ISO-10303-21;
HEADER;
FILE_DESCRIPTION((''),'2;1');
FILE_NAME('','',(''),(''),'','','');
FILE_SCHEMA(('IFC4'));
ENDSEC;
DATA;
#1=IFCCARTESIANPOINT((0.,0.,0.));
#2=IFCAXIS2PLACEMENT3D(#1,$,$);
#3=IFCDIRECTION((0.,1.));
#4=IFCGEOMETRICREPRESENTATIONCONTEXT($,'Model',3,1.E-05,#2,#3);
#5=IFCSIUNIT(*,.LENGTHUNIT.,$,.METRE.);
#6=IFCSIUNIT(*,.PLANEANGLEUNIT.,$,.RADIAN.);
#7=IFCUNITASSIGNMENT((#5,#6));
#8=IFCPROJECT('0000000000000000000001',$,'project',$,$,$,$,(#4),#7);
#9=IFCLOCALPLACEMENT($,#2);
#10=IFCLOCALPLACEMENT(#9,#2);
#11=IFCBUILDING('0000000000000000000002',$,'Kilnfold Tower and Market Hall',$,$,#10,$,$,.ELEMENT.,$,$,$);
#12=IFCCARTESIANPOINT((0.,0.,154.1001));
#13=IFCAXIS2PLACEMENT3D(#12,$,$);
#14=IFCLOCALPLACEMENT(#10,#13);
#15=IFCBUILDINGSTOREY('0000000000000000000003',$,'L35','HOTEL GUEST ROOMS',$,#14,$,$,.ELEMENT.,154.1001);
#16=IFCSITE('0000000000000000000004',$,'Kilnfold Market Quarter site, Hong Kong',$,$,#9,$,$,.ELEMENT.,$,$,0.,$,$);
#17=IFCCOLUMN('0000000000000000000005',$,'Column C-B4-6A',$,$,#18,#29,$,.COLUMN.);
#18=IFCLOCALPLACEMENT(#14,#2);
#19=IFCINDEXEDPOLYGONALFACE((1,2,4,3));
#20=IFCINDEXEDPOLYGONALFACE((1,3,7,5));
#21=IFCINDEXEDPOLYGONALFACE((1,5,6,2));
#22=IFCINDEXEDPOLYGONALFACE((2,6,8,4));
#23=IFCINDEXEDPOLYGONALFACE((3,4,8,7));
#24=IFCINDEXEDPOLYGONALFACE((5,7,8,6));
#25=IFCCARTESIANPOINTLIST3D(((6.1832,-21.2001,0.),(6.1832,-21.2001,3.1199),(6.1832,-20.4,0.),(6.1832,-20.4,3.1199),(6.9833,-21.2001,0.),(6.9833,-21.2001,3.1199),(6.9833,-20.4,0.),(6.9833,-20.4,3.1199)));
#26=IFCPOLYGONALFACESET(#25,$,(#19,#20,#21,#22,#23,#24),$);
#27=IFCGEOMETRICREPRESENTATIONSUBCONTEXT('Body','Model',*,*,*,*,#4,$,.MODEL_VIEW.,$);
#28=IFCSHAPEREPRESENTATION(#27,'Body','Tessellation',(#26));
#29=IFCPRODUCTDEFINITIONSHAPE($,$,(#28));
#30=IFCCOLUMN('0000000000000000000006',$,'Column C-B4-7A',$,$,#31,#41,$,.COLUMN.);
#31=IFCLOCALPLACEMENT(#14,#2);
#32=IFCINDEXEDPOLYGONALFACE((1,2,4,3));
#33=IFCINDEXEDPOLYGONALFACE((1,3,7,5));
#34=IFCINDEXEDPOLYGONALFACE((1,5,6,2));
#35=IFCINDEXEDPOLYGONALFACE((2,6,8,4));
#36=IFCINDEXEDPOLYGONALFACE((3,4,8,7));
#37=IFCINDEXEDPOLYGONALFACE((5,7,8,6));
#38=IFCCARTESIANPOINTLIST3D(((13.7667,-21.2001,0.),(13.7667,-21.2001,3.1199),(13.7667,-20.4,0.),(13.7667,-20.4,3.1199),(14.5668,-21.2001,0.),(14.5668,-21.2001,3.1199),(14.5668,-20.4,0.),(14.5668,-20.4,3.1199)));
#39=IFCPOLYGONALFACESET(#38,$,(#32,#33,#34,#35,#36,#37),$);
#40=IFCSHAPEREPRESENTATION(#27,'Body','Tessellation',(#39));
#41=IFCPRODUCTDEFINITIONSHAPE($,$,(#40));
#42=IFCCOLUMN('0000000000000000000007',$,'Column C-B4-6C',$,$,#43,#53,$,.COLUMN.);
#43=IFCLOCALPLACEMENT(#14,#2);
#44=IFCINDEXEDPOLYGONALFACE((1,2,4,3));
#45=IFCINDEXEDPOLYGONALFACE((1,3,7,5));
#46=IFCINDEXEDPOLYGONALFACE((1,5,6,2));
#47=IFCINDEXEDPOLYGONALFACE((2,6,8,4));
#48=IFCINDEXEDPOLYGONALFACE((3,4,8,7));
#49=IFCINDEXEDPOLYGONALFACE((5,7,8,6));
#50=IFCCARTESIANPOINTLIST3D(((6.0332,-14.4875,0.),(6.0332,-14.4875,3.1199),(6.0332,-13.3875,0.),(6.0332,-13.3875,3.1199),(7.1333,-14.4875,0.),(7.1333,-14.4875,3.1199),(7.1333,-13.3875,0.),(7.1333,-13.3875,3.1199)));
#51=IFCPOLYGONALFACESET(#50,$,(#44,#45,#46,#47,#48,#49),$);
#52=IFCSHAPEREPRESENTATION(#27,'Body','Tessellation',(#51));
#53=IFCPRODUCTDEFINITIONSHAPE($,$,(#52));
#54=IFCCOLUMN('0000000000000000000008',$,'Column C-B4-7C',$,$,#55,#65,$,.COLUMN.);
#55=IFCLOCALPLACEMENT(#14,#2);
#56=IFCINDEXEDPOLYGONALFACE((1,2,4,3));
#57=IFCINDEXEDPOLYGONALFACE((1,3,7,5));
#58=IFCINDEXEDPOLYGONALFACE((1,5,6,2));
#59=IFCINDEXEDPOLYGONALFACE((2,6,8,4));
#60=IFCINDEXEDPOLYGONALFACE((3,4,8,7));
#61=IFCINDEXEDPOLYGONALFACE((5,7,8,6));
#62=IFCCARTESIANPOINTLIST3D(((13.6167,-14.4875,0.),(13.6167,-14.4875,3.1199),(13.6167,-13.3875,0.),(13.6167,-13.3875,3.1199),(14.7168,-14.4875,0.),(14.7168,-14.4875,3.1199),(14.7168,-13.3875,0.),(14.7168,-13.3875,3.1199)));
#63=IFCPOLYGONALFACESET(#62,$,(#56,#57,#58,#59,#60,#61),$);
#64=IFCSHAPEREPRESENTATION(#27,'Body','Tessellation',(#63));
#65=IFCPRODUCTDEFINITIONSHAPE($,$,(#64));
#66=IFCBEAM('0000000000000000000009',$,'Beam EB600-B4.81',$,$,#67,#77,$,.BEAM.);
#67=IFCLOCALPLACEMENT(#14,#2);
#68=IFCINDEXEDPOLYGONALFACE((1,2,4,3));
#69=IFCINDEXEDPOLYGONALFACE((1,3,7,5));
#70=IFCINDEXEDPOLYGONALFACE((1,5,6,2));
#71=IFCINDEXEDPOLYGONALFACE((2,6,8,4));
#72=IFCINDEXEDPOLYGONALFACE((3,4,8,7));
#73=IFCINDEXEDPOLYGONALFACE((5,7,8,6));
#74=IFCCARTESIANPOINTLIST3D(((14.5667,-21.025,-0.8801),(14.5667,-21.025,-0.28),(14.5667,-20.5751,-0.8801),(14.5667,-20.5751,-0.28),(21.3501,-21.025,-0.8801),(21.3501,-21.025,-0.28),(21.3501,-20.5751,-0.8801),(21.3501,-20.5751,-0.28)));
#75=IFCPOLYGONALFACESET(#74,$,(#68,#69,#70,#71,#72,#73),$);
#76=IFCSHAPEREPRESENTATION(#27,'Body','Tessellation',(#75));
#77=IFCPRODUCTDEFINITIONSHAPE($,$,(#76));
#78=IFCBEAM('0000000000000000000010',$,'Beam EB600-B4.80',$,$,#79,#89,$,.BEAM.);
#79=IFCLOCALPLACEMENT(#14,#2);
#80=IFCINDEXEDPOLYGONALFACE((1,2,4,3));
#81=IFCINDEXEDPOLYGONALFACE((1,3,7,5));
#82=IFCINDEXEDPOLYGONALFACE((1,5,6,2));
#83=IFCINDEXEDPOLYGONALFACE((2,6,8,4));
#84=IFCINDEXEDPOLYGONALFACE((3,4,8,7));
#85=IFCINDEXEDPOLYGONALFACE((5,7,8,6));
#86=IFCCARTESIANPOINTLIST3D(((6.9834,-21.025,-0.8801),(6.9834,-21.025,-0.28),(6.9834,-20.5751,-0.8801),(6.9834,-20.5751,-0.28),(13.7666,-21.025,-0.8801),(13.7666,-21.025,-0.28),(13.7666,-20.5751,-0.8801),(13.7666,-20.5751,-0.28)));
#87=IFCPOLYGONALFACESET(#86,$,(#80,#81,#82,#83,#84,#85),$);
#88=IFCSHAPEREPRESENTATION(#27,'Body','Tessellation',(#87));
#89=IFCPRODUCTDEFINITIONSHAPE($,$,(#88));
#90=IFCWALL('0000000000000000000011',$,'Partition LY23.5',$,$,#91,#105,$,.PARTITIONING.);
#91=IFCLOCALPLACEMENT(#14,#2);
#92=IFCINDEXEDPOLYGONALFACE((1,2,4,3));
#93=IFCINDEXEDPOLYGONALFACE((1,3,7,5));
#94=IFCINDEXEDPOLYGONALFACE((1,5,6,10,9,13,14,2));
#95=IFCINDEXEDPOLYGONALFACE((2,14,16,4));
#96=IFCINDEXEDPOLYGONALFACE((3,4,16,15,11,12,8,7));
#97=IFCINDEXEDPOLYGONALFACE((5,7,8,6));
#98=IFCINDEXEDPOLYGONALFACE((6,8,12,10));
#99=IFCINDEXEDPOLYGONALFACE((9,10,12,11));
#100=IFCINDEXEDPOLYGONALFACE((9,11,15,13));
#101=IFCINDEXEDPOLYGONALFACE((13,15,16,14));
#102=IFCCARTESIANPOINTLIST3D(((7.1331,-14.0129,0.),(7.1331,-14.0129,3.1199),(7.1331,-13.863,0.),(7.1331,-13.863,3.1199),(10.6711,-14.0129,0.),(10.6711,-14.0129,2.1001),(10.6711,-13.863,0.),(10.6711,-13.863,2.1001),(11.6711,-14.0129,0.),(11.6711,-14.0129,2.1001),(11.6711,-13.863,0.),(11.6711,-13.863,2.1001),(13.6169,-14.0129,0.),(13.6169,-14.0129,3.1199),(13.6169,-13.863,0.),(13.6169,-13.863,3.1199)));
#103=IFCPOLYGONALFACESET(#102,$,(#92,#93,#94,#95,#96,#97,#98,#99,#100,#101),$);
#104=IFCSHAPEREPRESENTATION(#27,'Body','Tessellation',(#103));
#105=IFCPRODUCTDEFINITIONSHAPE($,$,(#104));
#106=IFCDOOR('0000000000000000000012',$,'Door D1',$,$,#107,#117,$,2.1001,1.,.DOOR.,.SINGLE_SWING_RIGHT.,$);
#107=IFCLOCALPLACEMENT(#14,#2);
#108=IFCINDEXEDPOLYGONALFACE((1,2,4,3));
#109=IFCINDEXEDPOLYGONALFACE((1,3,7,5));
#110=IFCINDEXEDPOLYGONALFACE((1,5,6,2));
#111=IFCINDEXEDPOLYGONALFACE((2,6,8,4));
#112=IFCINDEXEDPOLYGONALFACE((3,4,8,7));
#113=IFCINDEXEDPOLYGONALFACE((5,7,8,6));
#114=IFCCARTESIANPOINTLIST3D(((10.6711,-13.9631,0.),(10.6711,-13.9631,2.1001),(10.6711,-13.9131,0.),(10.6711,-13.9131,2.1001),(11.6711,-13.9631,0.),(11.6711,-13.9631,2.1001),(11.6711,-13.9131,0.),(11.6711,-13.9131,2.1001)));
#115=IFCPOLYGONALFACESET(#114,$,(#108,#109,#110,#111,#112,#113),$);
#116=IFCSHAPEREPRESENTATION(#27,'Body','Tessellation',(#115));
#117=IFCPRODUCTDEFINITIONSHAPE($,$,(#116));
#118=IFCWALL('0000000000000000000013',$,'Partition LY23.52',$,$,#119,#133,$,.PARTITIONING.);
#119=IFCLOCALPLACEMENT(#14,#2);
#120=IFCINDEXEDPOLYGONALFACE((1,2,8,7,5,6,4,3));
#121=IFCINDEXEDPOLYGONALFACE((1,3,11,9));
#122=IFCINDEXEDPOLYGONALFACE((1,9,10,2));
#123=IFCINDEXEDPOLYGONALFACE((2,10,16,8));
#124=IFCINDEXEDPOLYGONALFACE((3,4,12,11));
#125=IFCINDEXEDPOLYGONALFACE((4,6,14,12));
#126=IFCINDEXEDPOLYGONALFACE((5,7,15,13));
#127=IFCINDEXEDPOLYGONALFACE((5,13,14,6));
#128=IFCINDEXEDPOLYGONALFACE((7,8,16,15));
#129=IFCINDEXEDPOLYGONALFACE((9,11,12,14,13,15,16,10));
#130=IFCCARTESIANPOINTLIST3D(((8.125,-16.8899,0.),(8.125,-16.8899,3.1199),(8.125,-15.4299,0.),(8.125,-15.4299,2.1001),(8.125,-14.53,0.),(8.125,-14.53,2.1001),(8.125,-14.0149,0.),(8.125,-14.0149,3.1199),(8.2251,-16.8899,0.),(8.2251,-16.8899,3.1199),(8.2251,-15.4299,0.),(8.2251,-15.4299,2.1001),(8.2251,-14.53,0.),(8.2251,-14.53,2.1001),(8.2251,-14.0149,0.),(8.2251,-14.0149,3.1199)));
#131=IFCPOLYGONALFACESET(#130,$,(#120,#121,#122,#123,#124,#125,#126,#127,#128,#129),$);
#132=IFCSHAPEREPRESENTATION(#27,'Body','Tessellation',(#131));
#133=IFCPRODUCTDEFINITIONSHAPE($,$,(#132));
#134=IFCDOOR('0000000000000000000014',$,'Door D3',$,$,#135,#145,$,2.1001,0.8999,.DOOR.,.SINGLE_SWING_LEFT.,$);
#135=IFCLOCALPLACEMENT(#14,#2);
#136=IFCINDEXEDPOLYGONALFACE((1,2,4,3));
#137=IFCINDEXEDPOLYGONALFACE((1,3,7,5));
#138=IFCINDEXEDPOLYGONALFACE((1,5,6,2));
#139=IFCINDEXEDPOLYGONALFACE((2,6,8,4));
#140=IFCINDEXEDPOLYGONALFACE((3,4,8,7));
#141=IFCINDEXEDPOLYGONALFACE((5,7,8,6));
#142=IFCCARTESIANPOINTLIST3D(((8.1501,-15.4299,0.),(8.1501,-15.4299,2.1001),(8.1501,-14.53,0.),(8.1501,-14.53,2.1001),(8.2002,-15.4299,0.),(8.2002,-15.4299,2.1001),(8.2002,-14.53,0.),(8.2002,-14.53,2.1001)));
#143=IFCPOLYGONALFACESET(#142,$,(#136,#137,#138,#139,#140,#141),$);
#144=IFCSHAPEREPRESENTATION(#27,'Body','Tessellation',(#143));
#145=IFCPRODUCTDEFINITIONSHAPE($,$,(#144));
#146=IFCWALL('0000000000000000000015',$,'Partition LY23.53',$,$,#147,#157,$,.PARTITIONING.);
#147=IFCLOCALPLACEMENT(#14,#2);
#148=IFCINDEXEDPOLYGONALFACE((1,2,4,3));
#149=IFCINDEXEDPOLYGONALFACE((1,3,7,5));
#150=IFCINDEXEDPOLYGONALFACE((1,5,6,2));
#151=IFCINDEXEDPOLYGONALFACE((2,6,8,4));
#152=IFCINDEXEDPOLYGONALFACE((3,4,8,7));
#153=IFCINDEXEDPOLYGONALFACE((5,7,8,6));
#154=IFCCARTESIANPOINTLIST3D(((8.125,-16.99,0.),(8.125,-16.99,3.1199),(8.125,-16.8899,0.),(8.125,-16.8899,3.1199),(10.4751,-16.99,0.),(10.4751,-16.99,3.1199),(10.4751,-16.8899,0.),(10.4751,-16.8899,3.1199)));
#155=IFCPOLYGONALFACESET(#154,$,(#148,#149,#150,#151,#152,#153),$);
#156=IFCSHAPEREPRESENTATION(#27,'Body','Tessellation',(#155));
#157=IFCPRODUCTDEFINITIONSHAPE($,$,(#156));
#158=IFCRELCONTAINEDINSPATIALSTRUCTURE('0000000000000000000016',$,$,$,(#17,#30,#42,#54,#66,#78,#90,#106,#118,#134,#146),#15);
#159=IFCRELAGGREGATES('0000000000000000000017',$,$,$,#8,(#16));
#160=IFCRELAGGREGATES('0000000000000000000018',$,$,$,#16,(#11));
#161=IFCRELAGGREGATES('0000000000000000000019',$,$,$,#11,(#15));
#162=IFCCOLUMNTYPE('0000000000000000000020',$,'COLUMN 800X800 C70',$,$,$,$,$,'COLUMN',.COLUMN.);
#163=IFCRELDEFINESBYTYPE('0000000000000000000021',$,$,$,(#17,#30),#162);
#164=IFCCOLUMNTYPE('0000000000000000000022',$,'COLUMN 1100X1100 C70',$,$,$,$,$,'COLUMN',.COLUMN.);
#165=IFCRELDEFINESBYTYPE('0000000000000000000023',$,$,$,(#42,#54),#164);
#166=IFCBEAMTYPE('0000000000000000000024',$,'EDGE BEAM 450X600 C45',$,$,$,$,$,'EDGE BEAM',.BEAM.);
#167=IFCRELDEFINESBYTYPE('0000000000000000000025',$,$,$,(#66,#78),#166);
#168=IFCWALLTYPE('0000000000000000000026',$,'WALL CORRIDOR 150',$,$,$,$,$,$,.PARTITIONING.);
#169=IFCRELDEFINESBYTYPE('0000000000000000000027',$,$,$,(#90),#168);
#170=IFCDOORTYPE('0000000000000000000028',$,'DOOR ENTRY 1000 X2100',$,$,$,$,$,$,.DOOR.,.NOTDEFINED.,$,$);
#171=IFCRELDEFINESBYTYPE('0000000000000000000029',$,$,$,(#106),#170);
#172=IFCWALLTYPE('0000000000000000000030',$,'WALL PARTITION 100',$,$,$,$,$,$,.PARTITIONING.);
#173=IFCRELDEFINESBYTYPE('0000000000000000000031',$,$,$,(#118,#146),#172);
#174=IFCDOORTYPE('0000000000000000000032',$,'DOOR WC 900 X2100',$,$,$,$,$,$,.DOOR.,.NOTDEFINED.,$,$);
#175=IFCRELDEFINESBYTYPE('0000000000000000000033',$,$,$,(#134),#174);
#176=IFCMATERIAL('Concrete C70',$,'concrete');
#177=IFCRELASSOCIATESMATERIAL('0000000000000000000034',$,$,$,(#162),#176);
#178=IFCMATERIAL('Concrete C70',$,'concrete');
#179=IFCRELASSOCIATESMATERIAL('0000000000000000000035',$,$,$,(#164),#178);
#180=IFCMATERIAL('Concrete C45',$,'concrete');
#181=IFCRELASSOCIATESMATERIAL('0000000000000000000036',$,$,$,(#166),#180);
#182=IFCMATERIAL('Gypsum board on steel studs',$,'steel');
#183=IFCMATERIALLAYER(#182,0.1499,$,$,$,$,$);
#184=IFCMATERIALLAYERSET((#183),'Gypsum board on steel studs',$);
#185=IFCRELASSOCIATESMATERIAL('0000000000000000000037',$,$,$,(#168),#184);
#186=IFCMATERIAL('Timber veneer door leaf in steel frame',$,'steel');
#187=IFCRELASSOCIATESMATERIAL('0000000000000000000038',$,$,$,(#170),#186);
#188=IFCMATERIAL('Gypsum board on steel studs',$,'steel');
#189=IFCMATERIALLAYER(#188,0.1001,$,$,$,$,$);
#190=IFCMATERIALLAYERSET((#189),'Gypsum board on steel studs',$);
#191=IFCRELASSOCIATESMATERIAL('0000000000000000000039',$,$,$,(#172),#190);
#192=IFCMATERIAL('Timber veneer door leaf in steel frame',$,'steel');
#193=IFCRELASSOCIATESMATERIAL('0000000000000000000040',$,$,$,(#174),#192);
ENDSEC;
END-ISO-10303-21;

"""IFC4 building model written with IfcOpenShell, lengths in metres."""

from ifc_helpers import new_model, si_unit, direction, frame, frame_2d, origin, origin_2d, place, context, subcontext, project, spatial, rectangle, extrude, source, transform, mapped, material, layer, layer_set, material_profile, profile_set, type_object, element, fill, save


model = new_model("IFC4")

# Units and contexts
model_context = context("Model", 3, precision=1e-05, world=origin(), true_north=direction((0.0, 1.0)))
body_context = subcontext(model_context, "Body", "Model", "MODEL_VIEW")
ifc_project = project(units=[si_unit("LENGTHUNIT", "METRE"), si_unit("PLANEANGLEUNIT", "RADIAN")], contexts=[model_context])

# Site, building, storey
site_placement = place(None, origin())
site = spatial("IfcSite", under=ifc_project, at=site_placement, Name="Kilnfold Market Quarter site, Hong Kong", CompositionType="ELEMENT", RefElevation=0.0)
building_placement = place(site_placement, origin())
building = spatial("IfcBuilding", under=site, at=building_placement, Name="Kilnfold Tower and Market Hall", CompositionType="ELEMENT")
storey_placement = place(building_placement, frame((0.0, 0.0, 154.1001)))
storey = spatial("IfcBuildingStorey", under=building, at=storey_placement, Name="L35", Description="HOTEL GUEST ROOMS", CompositionType="ELEMENT", Elevation=154.1001)

# Columns
ifc_material_1 = material(Name="Concrete C70", Category="concrete")
ifc_material_profile_1 = material_profile(ifc_material_1, rectangle(XDim=0.8, YDim=0.8, at=origin_2d()), Name="RC 800x800")
ifc_profile_set_1 = profile_set([ifc_material_profile_1], Name="Concrete C70")
column_type_1 = type_object("IfcColumnType", Name="COLUMN 800X800 C70", ElementType="COLUMN", PredefinedType="COLUMN", material=ifc_profile_set_1)
shared_shape_1 = source(origin(), body_context, "Body", "SweptSolid", [
    extrude(rectangle(XDim=0.8, YDim=0.8, at=origin_2d()), origin(), (0.0, 0.0, 1.0), 3.1199),
])
for number, where, z_axis, x_axis, name in (
    (1, (6.5833, -20.8, 0.0), (0.0, 0.0, 1.0), (1.0, 0.0, 0.0), "Column C-B4-6A"),
    (2, (14.1667, -20.8, 0.0), (0.0, 0.0, 1.0), (1.0, 0.0, 0.0), "Column C-B4-7A"),
):
    element("IfcColumn", number, at=place(storey_placement, frame(where, z_axis=z_axis, x_axis=x_axis)), inside=storey, type_object=column_type_1, Name=name, PredefinedType="COLUMN", context=body_context, shape_type="MappedRepresentation", body=[
        mapped(shared_shape_1, transform((0.0, 0.0, 0.0))),
    ])
ifc_material_2 = material(Name="Concrete C70", Category="concrete")
ifc_material_profile_2 = material_profile(ifc_material_2, rectangle(XDim=1.1001, YDim=1.1001, at=origin_2d()), Name="RC 1100x1100")
ifc_profile_set_2 = profile_set([ifc_material_profile_2], Name="Concrete C70")
column_type_2 = type_object("IfcColumnType", Name="COLUMN 1100X1100 C70", ElementType="COLUMN", PredefinedType="COLUMN", material=ifc_profile_set_2)
shared_shape_2 = source(origin(), body_context, "Body", "SweptSolid", [
    extrude(rectangle(XDim=1.1001, YDim=1.1001, at=origin_2d()), origin(), (0.0, 0.0, 1.0), 3.1199),
])
for number, where, z_axis, x_axis, name in (
    (3, (6.5833, -13.9375, 0.0), (0.0, 0.0, 1.0), (1.0, 0.0, 0.0), "Column C-B4-6C"),
    (4, (14.1667, -13.9375, 0.0), (0.0, 0.0, 1.0), (1.0, 0.0, 0.0), "Column C-B4-7C"),
):
    element("IfcColumn", number, at=place(storey_placement, frame(where, z_axis=z_axis, x_axis=x_axis)), inside=storey, type_object=column_type_2, Name=name, PredefinedType="COLUMN", context=body_context, shape_type="MappedRepresentation", body=[
        mapped(shared_shape_2, transform((0.0, 0.0, 0.0))),
    ])

# Beams
ifc_material_3 = material(Name="Concrete C45", Category="concrete")
ifc_material_profile_3 = material_profile(ifc_material_3, rectangle(XDim=0.45, YDim=0.6001, at=origin_2d()), Name="RC 450x600")
ifc_profile_set_3 = profile_set([ifc_material_profile_3], Name="Concrete C45")
beam_type = type_object("IfcBeamType", Name="EDGE BEAM 450X600 C45", ElementType="EDGE BEAM", PredefinedType="BEAM", material=ifc_profile_set_3)
shared_shape_3 = source(origin(), body_context, "Body", "SweptSolid", [
    extrude(rectangle(XDim=0.45, YDim=0.6001, at=origin_2d()), origin(), (0.0, 0.0, 1.0), 6.7834),
])
beam_1_placement = place(storey_placement, frame((14.5667, -20.8, -0.5801), z_axis=(1.0, 0.0, 0.0), x_axis=(0.0, 1.0, 0.0)))
element("IfcBeam", 5, at=beam_1_placement, inside=storey, type_object=beam_type, Name="Beam EB600-B4.81", PredefinedType="BEAM", context=body_context, shape_type="MappedRepresentation", body=[
    mapped(shared_shape_3, transform((0.0, 0.0, 0.0))),
])
shared_shape_4 = source(origin(), body_context, "Body", "SweptSolid", [
    extrude(rectangle(XDim=0.45, YDim=0.6001, at=origin_2d()), origin(), (0.0, 0.0, 1.0), 6.7832),
])
beam_2_placement = place(storey_placement, frame((6.9834, -20.8, -0.5801), z_axis=(1.0, 0.0, 0.0), x_axis=(0.0, 1.0, 0.0)))
element("IfcBeam", 6, at=beam_2_placement, inside=storey, type_object=beam_type, Name="Beam EB600-B4.80", PredefinedType="BEAM", context=body_context, shape_type="MappedRepresentation", body=[
    mapped(shared_shape_4, transform((0.0, 0.0, 0.0))),
])

# Walls, openings, doors
ifc_material_4 = material(Name="Gypsum board on steel studs", Category="steel")
ifc_layer_1 = layer(ifc_material_4, 0.1499)
ifc_layer_set_1 = layer_set([ifc_layer_1], Name="Gypsum board on steel studs")
wall_type_1 = type_object("IfcWallType", Name="WALL CORRIDOR 150", PredefinedType="PARTITIONING", material=ifc_layer_set_1)
wall_1_placement = place(storey_placement, frame((7.1331, -13.938, 0.0), z_axis=(0.0, 0.0, 1.0), x_axis=(1.0, 0.0, 0.0)))
wall_1 = element("IfcWall", 7, at=wall_1_placement, inside=storey, type_object=wall_type_1, Name="Partition LY23.5", PredefinedType="PARTITIONING", context=body_context, shape_type="SweptSolid", body=[
    extrude(rectangle(XDim=6.4839, YDim=0.1499, at=frame_2d((3.2419, 0.0))), origin(), (0.0, 0.0, 1.0), 3.1199),
])
opening_1_placement = place(wall_1_placement, frame((3.5381, 0.0, 0.0)))
opening_1 = element("IfcOpeningElement", 8, at=opening_1_placement, cuts=wall_1, PredefinedType="OPENING", context=body_context, shape_type="SweptSolid", body=[
    extrude(rectangle(XDim=1.0, YDim=2.1001, at=frame_2d((0.5, 1.05))), frame((0.0, 0.085, 0.0), z_axis=(0.0, -1.0, 0.0), x_axis=(1.0, 0.0, 0.0)), (0.0, 0.0, 1.0), 0.1699),
])
ifc_material_5 = material(Name="Timber veneer door leaf in steel frame", Category="steel")
door_type_1 = type_object("IfcDoorType", Name="DOOR ENTRY 1000 X2100", OperationType="NOTDEFINED", PredefinedType="DOOR", material=ifc_material_5)
door_1_placement = place(opening_1_placement, origin())
door_1 = element("IfcDoor", 9, at=door_1_placement, inside=storey, type_object=door_type_1, Name="Door D1", OperationType="SINGLE_SWING_RIGHT", OverallHeight=2.1001, OverallWidth=1.0, PredefinedType="DOOR", context=body_context, shape_type="SweptSolid", body=[
    extrude(rectangle(XDim=1.0, YDim=2.1001, at=frame_2d((0.5, 1.05))), frame((0.0, 0.0249, 0.0), z_axis=(0.0, -1.0, 0.0), x_axis=(1.0, 0.0, 0.0)), (0.0, 0.0, 1.0), 0.05),
])
fill(opening_1, door_1)
ifc_material_6 = material(Name="Gypsum board on steel studs", Category="steel")
ifc_layer_2 = layer(ifc_material_6, 0.1001)
ifc_layer_set_2 = layer_set([ifc_layer_2], Name="Gypsum board on steel studs")
wall_type_2 = type_object("IfcWallType", Name="WALL PARTITION 100", PredefinedType="PARTITIONING", material=ifc_layer_set_2)
wall_2_placement = place(storey_placement, frame((8.175, -16.8899, 0.0), z_axis=(0.0, 0.0, 1.0), x_axis=(0.0, 1.0, 0.0)))
wall_2 = element("IfcWall", 10, at=wall_2_placement, inside=storey, type_object=wall_type_2, Name="Partition LY23.52", PredefinedType="PARTITIONING", context=body_context, shape_type="SweptSolid", body=[
    extrude(rectangle(XDim=2.875, YDim=0.1001, at=frame_2d((1.4375, 0.0))), origin(), (0.0, 0.0, 1.0), 3.1199),
])
opening_2_placement = place(wall_2_placement, frame((1.46, 0.0, 0.0)))
opening_2 = element("IfcOpeningElement", 11, at=opening_2_placement, cuts=wall_2, PredefinedType="OPENING", context=body_context, shape_type="SweptSolid", body=[
    extrude(rectangle(XDim=0.8999, YDim=2.1001, at=frame_2d((0.45, 1.05))), frame((0.0, 0.0601, 0.0), z_axis=(0.0, -1.0, 0.0), x_axis=(1.0, 0.0, 0.0)), (0.0, 0.0, 1.0), 0.1201),
])
ifc_material_7 = material(Name="Timber veneer door leaf in steel frame", Category="steel")
door_type_2 = type_object("IfcDoorType", Name="DOOR WC 900 X2100", OperationType="NOTDEFINED", PredefinedType="DOOR", material=ifc_material_7)
door_2_placement = place(opening_2_placement, origin())
door_2 = element("IfcDoor", 12, at=door_2_placement, inside=storey, type_object=door_type_2, Name="Door D3", OperationType="SINGLE_SWING_LEFT", OverallHeight=2.1001, OverallWidth=0.8999, PredefinedType="DOOR", context=body_context, shape_type="SweptSolid", body=[
    extrude(rectangle(XDim=0.8999, YDim=2.1001, at=frame_2d((0.45, 1.05))), frame((0.0, 0.0249, 0.0), z_axis=(0.0, -1.0, 0.0), x_axis=(1.0, 0.0, 0.0)), (0.0, 0.0, 1.0), 0.05),
])
fill(opening_2, door_2)

# Wall
wall_3_placement = place(storey_placement, frame((8.125, -16.9399, 0.0), z_axis=(0.0, 0.0, 1.0), x_axis=(1.0, 0.0, 0.0)))
element("IfcWall", 13, at=wall_3_placement, inside=storey, type_object=wall_type_2, Name="Partition LY23.53", PredefinedType="PARTITIONING", context=body_context, shape_type="SweptSolid", body=[
    extrude(rectangle(XDim=2.3501, YDim=0.1001, at=frame_2d((1.175, 0.0))), origin(), (0.0, 0.0, 1.0), 3.1199),
])

save(model, "model.ifc")
